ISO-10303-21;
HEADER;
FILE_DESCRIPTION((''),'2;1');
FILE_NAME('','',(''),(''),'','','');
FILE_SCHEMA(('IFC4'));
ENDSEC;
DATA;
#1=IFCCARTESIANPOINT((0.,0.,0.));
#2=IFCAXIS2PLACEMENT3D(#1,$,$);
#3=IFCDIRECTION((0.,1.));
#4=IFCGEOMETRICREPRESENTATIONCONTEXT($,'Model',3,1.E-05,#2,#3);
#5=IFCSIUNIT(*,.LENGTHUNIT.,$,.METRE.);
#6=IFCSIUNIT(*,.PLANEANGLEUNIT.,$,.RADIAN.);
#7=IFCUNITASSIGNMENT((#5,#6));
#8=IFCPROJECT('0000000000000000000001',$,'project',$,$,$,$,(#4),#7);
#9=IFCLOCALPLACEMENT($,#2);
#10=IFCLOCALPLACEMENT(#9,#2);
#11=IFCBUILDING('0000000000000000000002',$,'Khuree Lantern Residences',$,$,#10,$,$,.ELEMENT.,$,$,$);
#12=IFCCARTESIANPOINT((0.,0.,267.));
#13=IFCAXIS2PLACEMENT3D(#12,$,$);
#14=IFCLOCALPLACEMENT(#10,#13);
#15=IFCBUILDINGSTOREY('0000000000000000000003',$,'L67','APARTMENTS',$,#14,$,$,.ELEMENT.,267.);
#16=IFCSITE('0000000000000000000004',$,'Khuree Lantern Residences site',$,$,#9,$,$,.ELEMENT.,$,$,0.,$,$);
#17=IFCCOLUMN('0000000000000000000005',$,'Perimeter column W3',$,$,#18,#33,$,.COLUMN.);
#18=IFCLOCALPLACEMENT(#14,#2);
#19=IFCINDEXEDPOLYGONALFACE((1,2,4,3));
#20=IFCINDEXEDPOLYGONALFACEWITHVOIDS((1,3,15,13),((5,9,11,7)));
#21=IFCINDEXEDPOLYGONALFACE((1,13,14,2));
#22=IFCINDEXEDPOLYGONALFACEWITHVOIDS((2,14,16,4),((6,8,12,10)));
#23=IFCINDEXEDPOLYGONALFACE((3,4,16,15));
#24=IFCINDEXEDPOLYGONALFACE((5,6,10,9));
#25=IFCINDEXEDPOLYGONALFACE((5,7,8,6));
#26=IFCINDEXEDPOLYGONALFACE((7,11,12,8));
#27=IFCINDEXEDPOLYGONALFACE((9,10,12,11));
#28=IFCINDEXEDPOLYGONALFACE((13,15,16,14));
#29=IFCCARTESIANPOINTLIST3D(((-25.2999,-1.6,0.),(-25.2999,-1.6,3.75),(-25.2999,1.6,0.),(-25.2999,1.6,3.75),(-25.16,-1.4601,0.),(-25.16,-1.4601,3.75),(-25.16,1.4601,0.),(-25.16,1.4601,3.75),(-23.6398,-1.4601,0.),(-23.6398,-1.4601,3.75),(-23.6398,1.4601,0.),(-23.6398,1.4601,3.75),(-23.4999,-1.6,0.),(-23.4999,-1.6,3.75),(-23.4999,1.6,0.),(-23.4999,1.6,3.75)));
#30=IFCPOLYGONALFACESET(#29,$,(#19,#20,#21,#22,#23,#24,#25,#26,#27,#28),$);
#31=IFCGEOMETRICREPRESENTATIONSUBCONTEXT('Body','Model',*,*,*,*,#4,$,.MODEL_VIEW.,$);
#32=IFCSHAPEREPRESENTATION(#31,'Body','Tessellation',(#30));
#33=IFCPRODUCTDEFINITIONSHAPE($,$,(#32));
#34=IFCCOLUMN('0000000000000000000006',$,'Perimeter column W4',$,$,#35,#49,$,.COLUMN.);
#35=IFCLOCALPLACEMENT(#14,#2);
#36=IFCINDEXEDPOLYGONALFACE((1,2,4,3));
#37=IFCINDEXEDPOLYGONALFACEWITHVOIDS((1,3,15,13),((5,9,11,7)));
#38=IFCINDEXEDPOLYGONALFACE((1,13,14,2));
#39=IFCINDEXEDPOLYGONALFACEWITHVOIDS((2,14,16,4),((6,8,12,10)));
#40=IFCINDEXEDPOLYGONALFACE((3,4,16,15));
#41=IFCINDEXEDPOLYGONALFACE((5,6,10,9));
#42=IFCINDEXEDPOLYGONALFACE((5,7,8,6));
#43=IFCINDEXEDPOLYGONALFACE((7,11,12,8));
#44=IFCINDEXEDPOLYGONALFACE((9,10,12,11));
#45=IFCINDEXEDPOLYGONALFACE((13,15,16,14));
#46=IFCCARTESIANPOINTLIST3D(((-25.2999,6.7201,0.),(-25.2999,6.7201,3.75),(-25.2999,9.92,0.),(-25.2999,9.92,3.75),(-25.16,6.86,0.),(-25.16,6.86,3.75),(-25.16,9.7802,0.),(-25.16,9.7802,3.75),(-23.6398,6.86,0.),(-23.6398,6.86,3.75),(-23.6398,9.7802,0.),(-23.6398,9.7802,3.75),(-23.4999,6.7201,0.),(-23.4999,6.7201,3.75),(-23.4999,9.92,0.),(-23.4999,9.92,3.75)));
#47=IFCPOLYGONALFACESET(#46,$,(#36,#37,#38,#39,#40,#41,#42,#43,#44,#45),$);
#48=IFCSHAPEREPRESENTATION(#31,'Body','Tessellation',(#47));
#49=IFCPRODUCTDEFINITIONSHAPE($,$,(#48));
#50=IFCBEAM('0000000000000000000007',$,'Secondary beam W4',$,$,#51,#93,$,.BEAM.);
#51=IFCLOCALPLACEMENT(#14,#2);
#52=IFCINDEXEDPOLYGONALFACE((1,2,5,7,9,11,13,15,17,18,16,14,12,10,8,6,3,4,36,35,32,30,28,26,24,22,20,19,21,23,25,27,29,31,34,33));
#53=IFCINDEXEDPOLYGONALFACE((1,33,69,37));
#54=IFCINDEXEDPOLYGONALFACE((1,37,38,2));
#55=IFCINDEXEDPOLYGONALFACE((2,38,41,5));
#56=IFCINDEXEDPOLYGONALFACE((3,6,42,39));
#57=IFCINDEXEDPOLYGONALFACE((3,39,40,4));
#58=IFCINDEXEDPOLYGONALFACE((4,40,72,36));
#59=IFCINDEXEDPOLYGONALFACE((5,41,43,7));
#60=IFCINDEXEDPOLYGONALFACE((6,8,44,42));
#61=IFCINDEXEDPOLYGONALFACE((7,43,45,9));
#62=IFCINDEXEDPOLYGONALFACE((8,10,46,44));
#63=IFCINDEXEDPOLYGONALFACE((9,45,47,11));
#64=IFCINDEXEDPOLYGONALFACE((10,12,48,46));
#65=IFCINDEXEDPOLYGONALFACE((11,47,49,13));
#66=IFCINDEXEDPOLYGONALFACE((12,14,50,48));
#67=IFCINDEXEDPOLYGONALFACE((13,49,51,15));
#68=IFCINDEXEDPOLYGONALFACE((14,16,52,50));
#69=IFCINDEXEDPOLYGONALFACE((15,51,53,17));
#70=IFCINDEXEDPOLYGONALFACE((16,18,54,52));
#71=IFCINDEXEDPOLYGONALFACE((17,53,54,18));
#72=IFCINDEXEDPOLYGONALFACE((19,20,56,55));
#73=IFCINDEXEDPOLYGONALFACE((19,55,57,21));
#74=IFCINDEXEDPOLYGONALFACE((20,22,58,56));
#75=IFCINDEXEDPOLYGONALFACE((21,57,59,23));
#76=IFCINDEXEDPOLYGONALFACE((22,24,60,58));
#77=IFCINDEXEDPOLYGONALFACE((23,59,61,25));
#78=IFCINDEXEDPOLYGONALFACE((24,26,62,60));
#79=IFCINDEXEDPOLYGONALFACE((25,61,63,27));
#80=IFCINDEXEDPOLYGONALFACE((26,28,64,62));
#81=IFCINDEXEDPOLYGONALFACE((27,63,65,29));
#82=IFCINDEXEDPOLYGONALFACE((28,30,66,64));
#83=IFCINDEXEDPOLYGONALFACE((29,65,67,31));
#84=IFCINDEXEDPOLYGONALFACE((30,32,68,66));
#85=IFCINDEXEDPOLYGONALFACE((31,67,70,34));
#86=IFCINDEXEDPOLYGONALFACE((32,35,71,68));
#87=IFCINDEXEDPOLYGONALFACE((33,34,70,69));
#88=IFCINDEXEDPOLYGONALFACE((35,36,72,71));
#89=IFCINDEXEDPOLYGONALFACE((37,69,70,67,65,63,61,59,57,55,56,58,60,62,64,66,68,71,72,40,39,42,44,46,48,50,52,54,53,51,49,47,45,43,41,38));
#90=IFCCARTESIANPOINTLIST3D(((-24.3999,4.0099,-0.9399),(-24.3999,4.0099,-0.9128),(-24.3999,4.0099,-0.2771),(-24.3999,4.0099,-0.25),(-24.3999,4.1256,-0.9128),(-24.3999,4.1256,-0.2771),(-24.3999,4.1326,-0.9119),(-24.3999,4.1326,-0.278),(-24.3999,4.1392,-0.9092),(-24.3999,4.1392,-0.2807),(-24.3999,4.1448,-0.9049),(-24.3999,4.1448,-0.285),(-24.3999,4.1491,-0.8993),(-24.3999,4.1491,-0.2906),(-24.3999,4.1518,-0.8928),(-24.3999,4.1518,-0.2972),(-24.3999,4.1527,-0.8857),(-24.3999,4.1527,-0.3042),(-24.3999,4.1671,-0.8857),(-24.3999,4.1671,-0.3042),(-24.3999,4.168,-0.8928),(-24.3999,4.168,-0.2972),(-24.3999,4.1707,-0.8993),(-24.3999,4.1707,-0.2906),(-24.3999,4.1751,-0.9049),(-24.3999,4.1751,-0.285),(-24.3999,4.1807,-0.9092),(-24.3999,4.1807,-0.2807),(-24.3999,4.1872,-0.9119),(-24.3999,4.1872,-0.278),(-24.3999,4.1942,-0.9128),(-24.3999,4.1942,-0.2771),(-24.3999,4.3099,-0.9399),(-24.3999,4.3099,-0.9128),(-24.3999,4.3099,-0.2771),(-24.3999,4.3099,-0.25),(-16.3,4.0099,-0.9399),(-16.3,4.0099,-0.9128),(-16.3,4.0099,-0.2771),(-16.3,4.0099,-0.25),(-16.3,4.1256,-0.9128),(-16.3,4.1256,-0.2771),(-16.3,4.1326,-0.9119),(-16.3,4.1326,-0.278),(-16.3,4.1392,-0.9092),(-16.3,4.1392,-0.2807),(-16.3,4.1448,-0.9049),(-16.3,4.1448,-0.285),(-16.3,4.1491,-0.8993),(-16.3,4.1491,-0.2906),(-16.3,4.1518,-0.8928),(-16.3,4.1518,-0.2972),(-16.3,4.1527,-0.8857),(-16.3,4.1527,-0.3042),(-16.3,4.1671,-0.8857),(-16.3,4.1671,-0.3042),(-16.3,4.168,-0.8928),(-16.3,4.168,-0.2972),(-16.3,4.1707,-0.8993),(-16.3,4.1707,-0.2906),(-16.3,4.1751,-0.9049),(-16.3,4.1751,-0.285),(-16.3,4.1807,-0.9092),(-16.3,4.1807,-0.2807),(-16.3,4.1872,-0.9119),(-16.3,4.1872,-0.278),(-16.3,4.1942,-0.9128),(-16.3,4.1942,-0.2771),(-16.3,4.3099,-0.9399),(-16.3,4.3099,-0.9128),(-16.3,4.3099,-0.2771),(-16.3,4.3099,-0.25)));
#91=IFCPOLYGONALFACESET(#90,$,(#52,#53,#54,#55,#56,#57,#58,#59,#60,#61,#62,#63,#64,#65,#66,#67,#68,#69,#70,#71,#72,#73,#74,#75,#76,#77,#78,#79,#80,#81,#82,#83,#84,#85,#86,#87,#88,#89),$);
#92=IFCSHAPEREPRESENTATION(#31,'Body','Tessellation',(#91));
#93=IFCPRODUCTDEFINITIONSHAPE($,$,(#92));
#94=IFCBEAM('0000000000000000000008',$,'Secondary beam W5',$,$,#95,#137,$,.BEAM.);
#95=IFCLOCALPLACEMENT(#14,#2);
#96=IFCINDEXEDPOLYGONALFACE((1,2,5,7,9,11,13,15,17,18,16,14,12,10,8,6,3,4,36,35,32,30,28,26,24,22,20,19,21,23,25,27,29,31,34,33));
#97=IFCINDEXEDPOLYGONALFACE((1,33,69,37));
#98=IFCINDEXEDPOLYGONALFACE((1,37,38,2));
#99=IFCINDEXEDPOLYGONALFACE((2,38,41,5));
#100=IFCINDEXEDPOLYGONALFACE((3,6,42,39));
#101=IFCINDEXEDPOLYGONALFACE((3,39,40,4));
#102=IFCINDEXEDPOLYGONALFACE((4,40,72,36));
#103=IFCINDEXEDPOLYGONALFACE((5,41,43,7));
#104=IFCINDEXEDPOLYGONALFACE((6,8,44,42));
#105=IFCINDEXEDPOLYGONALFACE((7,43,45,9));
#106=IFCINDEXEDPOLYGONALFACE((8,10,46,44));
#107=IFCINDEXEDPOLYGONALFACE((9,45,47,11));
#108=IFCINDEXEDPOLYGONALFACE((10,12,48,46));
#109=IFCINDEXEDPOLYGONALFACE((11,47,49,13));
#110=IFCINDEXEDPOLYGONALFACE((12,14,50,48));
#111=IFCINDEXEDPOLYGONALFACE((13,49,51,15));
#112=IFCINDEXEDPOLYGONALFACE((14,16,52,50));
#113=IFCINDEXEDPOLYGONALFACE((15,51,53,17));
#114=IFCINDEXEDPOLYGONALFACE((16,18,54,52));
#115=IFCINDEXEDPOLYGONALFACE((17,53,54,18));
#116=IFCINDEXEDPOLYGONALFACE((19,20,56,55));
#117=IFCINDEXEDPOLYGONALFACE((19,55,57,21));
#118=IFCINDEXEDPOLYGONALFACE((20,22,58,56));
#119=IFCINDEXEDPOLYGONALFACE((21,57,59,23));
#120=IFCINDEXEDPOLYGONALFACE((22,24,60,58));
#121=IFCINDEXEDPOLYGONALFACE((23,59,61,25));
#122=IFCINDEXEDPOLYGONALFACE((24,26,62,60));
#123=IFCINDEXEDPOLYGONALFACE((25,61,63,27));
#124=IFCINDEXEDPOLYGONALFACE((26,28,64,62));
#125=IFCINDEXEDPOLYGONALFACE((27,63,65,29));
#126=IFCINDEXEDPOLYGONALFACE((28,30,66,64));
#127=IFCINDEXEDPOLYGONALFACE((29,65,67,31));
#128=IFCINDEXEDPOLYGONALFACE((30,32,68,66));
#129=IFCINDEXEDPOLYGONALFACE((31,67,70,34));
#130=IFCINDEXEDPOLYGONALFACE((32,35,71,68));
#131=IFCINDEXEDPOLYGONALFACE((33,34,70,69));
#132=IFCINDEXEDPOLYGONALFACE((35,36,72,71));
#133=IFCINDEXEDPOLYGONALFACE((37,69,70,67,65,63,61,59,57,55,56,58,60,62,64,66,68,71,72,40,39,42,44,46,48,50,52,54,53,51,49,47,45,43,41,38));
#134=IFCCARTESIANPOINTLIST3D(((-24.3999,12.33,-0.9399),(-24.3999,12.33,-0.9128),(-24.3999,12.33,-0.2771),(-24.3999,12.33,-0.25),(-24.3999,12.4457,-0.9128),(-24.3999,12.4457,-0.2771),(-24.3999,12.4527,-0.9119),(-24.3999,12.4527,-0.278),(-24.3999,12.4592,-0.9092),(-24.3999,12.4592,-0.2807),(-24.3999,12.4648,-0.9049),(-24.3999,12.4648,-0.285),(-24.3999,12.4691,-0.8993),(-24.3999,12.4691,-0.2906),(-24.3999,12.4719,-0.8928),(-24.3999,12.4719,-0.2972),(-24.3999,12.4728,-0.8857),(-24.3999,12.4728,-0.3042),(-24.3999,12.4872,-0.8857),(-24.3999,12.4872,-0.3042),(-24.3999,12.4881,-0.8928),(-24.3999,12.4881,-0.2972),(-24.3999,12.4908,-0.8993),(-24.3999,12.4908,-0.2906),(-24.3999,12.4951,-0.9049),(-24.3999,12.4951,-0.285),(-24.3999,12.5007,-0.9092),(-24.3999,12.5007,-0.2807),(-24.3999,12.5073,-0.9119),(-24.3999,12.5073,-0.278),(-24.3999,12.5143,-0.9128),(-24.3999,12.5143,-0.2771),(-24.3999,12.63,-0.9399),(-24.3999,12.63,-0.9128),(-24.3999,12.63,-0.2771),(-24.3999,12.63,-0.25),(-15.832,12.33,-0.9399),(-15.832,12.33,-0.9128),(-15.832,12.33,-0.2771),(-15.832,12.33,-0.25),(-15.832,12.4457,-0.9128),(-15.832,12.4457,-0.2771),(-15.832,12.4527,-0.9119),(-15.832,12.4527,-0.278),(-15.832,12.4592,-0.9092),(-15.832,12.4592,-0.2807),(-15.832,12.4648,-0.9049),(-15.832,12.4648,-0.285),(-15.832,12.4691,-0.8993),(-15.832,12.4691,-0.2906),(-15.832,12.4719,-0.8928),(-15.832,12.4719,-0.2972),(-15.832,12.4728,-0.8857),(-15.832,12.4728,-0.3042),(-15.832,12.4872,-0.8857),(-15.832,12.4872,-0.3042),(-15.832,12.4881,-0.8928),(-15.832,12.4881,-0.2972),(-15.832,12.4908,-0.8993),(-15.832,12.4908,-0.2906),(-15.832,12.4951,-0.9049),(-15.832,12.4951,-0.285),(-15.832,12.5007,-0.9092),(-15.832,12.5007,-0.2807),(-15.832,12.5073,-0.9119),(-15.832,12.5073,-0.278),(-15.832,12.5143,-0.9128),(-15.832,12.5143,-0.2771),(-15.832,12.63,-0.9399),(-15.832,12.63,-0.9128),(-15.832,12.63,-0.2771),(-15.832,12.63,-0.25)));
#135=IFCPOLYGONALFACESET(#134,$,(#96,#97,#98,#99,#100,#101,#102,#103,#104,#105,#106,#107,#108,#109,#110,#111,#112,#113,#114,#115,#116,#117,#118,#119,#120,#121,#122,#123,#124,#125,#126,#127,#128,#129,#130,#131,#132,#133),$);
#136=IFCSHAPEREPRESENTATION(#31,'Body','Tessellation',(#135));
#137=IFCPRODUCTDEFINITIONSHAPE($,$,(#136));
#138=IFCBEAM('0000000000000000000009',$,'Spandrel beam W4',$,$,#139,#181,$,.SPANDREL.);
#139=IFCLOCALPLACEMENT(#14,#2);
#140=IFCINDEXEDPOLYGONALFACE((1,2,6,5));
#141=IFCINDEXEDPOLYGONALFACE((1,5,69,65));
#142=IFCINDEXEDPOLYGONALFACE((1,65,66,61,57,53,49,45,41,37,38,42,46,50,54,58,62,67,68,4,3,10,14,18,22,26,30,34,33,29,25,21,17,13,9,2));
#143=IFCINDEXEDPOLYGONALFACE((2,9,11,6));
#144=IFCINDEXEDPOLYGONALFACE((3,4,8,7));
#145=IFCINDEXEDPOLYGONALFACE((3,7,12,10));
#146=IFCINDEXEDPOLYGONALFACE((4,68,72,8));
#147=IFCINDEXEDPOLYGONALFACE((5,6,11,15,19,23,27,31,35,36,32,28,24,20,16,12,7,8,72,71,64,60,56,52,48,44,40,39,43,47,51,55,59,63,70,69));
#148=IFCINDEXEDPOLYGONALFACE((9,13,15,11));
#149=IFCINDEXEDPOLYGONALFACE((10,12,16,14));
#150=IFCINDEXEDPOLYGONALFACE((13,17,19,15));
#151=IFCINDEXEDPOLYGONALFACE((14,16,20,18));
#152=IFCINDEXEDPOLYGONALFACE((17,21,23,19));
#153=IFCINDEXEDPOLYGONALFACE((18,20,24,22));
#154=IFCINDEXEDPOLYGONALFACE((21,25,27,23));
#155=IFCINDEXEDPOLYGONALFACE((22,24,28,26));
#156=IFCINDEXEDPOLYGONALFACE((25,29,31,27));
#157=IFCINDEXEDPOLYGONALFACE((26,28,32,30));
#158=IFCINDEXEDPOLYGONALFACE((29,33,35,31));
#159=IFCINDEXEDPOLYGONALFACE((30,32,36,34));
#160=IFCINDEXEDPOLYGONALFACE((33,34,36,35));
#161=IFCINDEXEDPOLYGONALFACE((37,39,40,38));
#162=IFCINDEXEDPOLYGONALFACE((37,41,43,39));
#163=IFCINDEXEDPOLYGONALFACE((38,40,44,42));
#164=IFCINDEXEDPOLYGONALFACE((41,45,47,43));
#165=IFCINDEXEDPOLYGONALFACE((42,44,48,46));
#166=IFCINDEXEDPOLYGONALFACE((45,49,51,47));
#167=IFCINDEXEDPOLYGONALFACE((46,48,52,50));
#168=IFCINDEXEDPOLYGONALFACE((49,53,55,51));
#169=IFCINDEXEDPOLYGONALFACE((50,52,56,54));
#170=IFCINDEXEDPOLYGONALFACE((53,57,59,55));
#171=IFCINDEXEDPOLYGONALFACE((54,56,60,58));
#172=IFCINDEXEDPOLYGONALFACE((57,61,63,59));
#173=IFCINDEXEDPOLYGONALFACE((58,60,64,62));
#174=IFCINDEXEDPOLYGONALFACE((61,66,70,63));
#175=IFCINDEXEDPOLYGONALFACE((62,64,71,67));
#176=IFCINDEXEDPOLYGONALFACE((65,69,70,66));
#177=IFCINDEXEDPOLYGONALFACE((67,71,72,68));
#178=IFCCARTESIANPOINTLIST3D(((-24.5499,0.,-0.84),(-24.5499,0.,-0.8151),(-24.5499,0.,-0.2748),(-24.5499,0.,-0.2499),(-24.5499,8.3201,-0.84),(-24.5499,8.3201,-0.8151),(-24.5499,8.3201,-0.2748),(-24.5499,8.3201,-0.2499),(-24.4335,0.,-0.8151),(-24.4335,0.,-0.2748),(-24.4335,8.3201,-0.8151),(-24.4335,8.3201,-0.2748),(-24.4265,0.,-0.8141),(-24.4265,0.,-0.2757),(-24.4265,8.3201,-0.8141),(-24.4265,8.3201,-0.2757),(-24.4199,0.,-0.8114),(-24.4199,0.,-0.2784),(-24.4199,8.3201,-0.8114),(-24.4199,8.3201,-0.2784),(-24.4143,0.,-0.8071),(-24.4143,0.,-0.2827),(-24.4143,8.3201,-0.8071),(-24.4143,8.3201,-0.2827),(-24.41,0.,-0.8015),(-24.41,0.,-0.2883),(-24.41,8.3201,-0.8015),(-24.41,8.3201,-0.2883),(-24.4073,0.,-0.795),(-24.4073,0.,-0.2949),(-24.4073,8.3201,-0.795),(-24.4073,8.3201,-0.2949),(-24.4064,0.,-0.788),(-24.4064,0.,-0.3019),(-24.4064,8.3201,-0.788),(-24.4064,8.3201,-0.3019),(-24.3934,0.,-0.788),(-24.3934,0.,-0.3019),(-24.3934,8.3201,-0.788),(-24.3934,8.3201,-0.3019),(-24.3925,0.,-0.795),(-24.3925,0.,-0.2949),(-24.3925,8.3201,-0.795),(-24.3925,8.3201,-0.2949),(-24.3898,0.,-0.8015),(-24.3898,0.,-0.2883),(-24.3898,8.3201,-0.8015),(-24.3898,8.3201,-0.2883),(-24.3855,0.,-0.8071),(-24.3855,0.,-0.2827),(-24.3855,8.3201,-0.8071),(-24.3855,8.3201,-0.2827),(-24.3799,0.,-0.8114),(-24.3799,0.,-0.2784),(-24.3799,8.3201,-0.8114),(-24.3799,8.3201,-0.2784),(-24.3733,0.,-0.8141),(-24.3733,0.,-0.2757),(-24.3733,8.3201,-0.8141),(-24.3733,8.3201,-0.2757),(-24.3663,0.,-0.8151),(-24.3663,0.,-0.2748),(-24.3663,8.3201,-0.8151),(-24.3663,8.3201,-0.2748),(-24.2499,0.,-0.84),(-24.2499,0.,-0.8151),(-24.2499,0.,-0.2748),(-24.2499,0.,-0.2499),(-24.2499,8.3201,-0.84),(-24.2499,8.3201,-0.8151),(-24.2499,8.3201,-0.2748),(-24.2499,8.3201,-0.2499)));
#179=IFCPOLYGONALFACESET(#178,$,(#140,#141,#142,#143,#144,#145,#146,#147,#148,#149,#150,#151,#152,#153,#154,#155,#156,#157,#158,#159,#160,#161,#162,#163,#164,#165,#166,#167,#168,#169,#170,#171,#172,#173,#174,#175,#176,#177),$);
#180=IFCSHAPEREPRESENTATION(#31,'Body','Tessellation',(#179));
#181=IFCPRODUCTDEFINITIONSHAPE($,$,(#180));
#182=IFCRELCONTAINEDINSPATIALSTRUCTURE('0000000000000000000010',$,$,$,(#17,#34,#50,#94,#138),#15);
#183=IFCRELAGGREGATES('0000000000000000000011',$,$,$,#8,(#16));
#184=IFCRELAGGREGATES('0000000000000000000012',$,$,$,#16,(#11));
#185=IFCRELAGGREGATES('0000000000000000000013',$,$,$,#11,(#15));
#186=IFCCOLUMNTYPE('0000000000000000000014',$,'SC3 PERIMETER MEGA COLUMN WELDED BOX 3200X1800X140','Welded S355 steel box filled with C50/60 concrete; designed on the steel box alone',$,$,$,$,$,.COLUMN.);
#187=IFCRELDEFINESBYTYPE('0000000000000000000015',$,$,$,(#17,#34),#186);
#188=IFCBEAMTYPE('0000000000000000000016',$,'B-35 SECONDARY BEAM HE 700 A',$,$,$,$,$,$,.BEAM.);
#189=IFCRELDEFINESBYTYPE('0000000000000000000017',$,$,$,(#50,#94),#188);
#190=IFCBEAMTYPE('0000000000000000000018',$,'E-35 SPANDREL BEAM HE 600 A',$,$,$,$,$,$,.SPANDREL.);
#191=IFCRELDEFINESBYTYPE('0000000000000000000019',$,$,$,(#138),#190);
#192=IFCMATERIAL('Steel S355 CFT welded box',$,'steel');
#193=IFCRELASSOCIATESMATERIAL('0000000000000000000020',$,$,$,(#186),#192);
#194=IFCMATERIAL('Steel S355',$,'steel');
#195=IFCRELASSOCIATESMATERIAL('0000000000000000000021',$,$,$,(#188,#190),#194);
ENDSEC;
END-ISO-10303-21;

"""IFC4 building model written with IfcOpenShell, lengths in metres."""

from ifc_helpers import new_model, si_unit, direction, frame, origin, origin_2d, place, context, subcontext, project, spatial, hollow_rectangle, i_section, extrude, material, material_profile, profile_set, type_object, element, save


model = new_model("IFC4")

# Units and contexts
model_context = context("Model", 3, precision=1e-05, world=origin(), true_north=direction((0.0, 1.0)))
body_context = subcontext(model_context, "Body", "Model", "MODEL_VIEW")
ifc_project = project(units=[si_unit("LENGTHUNIT", "METRE"), si_unit("PLANEANGLEUNIT", "RADIAN")], contexts=[model_context])

# Site, building, storey
site_placement = place(None, origin())
site = spatial("IfcSite", under=ifc_project, at=site_placement, Name="Khuree Lantern Residences site", CompositionType="ELEMENT", RefElevation=0.0)
building_placement = place(site_placement, origin())
building = spatial("IfcBuilding", under=site, at=building_placement, Name="Khuree Lantern Residences", CompositionType="ELEMENT")
storey_placement = place(building_placement, frame((0.0, 0.0, 267.0)))
storey = spatial("IfcBuildingStorey", under=building, at=storey_placement, Name="L67", Description="APARTMENTS", CompositionType="ELEMENT", Elevation=267.0)

# Columns
ifc_material_1 = material(Name="Steel S355 CFT welded box", Category="steel")
ifc_material_profile_1 = material_profile(ifc_material_1, hollow_rectangle(XDim=3.2, YDim=1.8, WallThickness=0.1399, at=origin_2d()), Name="WELDED BOX 3200X1800X140")
ifc_profile_set_1 = profile_set([ifc_material_profile_1], Name="Steel S355 CFT welded box")
column_type = type_object("IfcColumnType", Name="SC3 PERIMETER MEGA COLUMN WELDED BOX 3200X1800X140", Description="Welded S355 steel box filled with C50/60 concrete; designed on the steel box alone", PredefinedType="COLUMN", material=ifc_profile_set_1)
for number, where, z_axis, x_axis, name in (
    (1, (-24.3999, 0.0, 0.0), (0.0, 0.0, 1.0), (0.0, 1.0, 0.0), "Perimeter column W3"),
    (2, (-24.3999, 8.3201, 0.0), (0.0, 0.0, 1.0), (0.0, 1.0, 0.0), "Perimeter column W4"),
):
    element("IfcColumn", number, at=place(storey_placement, frame(where, z_axis=z_axis, x_axis=x_axis)), inside=storey, type_object=column_type, Name=name, PredefinedType="COLUMN", context=body_context, shape_type="SweptSolid", body=[
        extrude(hollow_rectangle(XDim=3.2, YDim=1.8, WallThickness=0.1399, at=origin_2d()), origin(), (0.0, 0.0, 1.0), 3.75),
    ])

# Beams
ifc_material_2 = material(Name="Steel S355", Category="steel")
ifc_material_profile_2 = material_profile(ifc_material_2, i_section(OverallWidth=0.3, OverallDepth=0.6899, WebThickness=0.0144, FlangeThickness=0.0271, FilletRadius=0.0271, at=origin_2d()), Name="HE 700 A")
ifc_profile_set_2 = profile_set([ifc_material_profile_2], Name="Steel S355")
beam_type_1 = type_object("IfcBeamType", Name="B-35 SECONDARY BEAM HE 700 A", PredefinedType="BEAM", material=ifc_profile_set_2)
beam_1_placement = place(storey_placement, frame((-24.3999, 4.1599, -0.595), z_axis=(1.0, 0.0, 0.0), x_axis=(0.0, 1.0, 0.0)))
element("IfcBeam", 3, at=beam_1_placement, inside=storey, type_object=beam_type_1, Name="Secondary beam W4", PredefinedType="BEAM", context=body_context, shape_type="SweptSolid", body=[
    extrude(i_section(OverallWidth=0.3, OverallDepth=0.6899, WebThickness=0.0144, FlangeThickness=0.0271, FilletRadius=0.0271, at=origin_2d()), origin(), (0.0, 0.0, 1.0), 8.0999),
])
beam_2_placement = place(storey_placement, frame((-24.3999, 12.48, -0.595), z_axis=(1.0, 0.0, 0.0), x_axis=(0.0, 1.0, 0.0)))
element("IfcBeam", 4, at=beam_2_placement, inside=storey, type_object=beam_type_1, Name="Secondary beam W5", PredefinedType="BEAM", context=body_context, shape_type="SweptSolid", body=[
    extrude(i_section(OverallWidth=0.3, OverallDepth=0.6899, WebThickness=0.0144, FlangeThickness=0.0271, FilletRadius=0.0271, at=origin_2d()), origin(), (0.0, 0.0, 1.0), 8.5679),
])
ifc_material_profile_3 = material_profile(ifc_material_2, i_section(OverallWidth=0.3, OverallDepth=0.5901, WebThickness=0.0129, FlangeThickness=0.0249, FilletRadius=0.0271, at=origin_2d()), Name="HE 600 A")
ifc_profile_set_3 = profile_set([ifc_material_profile_3], Name="Steel S355")
beam_type_2 = type_object("IfcBeamType", Name="E-35 SPANDREL BEAM HE 600 A", PredefinedType="SPANDREL", material=ifc_profile_set_3)
beam_3_placement = place(storey_placement, frame((-24.3999, 0.0, -0.5449), z_axis=(0.0, 1.0, 0.0), x_axis=(-1.0, 0.0, 0.0)))
element("IfcBeam", 5, at=beam_3_placement, inside=storey, type_object=beam_type_2, Name="Spandrel beam W4", PredefinedType="SPANDREL", context=body_context, shape_type="SweptSolid", body=[
    extrude(i_section(OverallWidth=0.3, OverallDepth=0.5901, WebThickness=0.0129, FlangeThickness=0.0249, FilletRadius=0.0271, at=origin_2d()), origin(), (0.0, 0.0, 1.0), 8.3201),
])

save(model, "model.ifc")
